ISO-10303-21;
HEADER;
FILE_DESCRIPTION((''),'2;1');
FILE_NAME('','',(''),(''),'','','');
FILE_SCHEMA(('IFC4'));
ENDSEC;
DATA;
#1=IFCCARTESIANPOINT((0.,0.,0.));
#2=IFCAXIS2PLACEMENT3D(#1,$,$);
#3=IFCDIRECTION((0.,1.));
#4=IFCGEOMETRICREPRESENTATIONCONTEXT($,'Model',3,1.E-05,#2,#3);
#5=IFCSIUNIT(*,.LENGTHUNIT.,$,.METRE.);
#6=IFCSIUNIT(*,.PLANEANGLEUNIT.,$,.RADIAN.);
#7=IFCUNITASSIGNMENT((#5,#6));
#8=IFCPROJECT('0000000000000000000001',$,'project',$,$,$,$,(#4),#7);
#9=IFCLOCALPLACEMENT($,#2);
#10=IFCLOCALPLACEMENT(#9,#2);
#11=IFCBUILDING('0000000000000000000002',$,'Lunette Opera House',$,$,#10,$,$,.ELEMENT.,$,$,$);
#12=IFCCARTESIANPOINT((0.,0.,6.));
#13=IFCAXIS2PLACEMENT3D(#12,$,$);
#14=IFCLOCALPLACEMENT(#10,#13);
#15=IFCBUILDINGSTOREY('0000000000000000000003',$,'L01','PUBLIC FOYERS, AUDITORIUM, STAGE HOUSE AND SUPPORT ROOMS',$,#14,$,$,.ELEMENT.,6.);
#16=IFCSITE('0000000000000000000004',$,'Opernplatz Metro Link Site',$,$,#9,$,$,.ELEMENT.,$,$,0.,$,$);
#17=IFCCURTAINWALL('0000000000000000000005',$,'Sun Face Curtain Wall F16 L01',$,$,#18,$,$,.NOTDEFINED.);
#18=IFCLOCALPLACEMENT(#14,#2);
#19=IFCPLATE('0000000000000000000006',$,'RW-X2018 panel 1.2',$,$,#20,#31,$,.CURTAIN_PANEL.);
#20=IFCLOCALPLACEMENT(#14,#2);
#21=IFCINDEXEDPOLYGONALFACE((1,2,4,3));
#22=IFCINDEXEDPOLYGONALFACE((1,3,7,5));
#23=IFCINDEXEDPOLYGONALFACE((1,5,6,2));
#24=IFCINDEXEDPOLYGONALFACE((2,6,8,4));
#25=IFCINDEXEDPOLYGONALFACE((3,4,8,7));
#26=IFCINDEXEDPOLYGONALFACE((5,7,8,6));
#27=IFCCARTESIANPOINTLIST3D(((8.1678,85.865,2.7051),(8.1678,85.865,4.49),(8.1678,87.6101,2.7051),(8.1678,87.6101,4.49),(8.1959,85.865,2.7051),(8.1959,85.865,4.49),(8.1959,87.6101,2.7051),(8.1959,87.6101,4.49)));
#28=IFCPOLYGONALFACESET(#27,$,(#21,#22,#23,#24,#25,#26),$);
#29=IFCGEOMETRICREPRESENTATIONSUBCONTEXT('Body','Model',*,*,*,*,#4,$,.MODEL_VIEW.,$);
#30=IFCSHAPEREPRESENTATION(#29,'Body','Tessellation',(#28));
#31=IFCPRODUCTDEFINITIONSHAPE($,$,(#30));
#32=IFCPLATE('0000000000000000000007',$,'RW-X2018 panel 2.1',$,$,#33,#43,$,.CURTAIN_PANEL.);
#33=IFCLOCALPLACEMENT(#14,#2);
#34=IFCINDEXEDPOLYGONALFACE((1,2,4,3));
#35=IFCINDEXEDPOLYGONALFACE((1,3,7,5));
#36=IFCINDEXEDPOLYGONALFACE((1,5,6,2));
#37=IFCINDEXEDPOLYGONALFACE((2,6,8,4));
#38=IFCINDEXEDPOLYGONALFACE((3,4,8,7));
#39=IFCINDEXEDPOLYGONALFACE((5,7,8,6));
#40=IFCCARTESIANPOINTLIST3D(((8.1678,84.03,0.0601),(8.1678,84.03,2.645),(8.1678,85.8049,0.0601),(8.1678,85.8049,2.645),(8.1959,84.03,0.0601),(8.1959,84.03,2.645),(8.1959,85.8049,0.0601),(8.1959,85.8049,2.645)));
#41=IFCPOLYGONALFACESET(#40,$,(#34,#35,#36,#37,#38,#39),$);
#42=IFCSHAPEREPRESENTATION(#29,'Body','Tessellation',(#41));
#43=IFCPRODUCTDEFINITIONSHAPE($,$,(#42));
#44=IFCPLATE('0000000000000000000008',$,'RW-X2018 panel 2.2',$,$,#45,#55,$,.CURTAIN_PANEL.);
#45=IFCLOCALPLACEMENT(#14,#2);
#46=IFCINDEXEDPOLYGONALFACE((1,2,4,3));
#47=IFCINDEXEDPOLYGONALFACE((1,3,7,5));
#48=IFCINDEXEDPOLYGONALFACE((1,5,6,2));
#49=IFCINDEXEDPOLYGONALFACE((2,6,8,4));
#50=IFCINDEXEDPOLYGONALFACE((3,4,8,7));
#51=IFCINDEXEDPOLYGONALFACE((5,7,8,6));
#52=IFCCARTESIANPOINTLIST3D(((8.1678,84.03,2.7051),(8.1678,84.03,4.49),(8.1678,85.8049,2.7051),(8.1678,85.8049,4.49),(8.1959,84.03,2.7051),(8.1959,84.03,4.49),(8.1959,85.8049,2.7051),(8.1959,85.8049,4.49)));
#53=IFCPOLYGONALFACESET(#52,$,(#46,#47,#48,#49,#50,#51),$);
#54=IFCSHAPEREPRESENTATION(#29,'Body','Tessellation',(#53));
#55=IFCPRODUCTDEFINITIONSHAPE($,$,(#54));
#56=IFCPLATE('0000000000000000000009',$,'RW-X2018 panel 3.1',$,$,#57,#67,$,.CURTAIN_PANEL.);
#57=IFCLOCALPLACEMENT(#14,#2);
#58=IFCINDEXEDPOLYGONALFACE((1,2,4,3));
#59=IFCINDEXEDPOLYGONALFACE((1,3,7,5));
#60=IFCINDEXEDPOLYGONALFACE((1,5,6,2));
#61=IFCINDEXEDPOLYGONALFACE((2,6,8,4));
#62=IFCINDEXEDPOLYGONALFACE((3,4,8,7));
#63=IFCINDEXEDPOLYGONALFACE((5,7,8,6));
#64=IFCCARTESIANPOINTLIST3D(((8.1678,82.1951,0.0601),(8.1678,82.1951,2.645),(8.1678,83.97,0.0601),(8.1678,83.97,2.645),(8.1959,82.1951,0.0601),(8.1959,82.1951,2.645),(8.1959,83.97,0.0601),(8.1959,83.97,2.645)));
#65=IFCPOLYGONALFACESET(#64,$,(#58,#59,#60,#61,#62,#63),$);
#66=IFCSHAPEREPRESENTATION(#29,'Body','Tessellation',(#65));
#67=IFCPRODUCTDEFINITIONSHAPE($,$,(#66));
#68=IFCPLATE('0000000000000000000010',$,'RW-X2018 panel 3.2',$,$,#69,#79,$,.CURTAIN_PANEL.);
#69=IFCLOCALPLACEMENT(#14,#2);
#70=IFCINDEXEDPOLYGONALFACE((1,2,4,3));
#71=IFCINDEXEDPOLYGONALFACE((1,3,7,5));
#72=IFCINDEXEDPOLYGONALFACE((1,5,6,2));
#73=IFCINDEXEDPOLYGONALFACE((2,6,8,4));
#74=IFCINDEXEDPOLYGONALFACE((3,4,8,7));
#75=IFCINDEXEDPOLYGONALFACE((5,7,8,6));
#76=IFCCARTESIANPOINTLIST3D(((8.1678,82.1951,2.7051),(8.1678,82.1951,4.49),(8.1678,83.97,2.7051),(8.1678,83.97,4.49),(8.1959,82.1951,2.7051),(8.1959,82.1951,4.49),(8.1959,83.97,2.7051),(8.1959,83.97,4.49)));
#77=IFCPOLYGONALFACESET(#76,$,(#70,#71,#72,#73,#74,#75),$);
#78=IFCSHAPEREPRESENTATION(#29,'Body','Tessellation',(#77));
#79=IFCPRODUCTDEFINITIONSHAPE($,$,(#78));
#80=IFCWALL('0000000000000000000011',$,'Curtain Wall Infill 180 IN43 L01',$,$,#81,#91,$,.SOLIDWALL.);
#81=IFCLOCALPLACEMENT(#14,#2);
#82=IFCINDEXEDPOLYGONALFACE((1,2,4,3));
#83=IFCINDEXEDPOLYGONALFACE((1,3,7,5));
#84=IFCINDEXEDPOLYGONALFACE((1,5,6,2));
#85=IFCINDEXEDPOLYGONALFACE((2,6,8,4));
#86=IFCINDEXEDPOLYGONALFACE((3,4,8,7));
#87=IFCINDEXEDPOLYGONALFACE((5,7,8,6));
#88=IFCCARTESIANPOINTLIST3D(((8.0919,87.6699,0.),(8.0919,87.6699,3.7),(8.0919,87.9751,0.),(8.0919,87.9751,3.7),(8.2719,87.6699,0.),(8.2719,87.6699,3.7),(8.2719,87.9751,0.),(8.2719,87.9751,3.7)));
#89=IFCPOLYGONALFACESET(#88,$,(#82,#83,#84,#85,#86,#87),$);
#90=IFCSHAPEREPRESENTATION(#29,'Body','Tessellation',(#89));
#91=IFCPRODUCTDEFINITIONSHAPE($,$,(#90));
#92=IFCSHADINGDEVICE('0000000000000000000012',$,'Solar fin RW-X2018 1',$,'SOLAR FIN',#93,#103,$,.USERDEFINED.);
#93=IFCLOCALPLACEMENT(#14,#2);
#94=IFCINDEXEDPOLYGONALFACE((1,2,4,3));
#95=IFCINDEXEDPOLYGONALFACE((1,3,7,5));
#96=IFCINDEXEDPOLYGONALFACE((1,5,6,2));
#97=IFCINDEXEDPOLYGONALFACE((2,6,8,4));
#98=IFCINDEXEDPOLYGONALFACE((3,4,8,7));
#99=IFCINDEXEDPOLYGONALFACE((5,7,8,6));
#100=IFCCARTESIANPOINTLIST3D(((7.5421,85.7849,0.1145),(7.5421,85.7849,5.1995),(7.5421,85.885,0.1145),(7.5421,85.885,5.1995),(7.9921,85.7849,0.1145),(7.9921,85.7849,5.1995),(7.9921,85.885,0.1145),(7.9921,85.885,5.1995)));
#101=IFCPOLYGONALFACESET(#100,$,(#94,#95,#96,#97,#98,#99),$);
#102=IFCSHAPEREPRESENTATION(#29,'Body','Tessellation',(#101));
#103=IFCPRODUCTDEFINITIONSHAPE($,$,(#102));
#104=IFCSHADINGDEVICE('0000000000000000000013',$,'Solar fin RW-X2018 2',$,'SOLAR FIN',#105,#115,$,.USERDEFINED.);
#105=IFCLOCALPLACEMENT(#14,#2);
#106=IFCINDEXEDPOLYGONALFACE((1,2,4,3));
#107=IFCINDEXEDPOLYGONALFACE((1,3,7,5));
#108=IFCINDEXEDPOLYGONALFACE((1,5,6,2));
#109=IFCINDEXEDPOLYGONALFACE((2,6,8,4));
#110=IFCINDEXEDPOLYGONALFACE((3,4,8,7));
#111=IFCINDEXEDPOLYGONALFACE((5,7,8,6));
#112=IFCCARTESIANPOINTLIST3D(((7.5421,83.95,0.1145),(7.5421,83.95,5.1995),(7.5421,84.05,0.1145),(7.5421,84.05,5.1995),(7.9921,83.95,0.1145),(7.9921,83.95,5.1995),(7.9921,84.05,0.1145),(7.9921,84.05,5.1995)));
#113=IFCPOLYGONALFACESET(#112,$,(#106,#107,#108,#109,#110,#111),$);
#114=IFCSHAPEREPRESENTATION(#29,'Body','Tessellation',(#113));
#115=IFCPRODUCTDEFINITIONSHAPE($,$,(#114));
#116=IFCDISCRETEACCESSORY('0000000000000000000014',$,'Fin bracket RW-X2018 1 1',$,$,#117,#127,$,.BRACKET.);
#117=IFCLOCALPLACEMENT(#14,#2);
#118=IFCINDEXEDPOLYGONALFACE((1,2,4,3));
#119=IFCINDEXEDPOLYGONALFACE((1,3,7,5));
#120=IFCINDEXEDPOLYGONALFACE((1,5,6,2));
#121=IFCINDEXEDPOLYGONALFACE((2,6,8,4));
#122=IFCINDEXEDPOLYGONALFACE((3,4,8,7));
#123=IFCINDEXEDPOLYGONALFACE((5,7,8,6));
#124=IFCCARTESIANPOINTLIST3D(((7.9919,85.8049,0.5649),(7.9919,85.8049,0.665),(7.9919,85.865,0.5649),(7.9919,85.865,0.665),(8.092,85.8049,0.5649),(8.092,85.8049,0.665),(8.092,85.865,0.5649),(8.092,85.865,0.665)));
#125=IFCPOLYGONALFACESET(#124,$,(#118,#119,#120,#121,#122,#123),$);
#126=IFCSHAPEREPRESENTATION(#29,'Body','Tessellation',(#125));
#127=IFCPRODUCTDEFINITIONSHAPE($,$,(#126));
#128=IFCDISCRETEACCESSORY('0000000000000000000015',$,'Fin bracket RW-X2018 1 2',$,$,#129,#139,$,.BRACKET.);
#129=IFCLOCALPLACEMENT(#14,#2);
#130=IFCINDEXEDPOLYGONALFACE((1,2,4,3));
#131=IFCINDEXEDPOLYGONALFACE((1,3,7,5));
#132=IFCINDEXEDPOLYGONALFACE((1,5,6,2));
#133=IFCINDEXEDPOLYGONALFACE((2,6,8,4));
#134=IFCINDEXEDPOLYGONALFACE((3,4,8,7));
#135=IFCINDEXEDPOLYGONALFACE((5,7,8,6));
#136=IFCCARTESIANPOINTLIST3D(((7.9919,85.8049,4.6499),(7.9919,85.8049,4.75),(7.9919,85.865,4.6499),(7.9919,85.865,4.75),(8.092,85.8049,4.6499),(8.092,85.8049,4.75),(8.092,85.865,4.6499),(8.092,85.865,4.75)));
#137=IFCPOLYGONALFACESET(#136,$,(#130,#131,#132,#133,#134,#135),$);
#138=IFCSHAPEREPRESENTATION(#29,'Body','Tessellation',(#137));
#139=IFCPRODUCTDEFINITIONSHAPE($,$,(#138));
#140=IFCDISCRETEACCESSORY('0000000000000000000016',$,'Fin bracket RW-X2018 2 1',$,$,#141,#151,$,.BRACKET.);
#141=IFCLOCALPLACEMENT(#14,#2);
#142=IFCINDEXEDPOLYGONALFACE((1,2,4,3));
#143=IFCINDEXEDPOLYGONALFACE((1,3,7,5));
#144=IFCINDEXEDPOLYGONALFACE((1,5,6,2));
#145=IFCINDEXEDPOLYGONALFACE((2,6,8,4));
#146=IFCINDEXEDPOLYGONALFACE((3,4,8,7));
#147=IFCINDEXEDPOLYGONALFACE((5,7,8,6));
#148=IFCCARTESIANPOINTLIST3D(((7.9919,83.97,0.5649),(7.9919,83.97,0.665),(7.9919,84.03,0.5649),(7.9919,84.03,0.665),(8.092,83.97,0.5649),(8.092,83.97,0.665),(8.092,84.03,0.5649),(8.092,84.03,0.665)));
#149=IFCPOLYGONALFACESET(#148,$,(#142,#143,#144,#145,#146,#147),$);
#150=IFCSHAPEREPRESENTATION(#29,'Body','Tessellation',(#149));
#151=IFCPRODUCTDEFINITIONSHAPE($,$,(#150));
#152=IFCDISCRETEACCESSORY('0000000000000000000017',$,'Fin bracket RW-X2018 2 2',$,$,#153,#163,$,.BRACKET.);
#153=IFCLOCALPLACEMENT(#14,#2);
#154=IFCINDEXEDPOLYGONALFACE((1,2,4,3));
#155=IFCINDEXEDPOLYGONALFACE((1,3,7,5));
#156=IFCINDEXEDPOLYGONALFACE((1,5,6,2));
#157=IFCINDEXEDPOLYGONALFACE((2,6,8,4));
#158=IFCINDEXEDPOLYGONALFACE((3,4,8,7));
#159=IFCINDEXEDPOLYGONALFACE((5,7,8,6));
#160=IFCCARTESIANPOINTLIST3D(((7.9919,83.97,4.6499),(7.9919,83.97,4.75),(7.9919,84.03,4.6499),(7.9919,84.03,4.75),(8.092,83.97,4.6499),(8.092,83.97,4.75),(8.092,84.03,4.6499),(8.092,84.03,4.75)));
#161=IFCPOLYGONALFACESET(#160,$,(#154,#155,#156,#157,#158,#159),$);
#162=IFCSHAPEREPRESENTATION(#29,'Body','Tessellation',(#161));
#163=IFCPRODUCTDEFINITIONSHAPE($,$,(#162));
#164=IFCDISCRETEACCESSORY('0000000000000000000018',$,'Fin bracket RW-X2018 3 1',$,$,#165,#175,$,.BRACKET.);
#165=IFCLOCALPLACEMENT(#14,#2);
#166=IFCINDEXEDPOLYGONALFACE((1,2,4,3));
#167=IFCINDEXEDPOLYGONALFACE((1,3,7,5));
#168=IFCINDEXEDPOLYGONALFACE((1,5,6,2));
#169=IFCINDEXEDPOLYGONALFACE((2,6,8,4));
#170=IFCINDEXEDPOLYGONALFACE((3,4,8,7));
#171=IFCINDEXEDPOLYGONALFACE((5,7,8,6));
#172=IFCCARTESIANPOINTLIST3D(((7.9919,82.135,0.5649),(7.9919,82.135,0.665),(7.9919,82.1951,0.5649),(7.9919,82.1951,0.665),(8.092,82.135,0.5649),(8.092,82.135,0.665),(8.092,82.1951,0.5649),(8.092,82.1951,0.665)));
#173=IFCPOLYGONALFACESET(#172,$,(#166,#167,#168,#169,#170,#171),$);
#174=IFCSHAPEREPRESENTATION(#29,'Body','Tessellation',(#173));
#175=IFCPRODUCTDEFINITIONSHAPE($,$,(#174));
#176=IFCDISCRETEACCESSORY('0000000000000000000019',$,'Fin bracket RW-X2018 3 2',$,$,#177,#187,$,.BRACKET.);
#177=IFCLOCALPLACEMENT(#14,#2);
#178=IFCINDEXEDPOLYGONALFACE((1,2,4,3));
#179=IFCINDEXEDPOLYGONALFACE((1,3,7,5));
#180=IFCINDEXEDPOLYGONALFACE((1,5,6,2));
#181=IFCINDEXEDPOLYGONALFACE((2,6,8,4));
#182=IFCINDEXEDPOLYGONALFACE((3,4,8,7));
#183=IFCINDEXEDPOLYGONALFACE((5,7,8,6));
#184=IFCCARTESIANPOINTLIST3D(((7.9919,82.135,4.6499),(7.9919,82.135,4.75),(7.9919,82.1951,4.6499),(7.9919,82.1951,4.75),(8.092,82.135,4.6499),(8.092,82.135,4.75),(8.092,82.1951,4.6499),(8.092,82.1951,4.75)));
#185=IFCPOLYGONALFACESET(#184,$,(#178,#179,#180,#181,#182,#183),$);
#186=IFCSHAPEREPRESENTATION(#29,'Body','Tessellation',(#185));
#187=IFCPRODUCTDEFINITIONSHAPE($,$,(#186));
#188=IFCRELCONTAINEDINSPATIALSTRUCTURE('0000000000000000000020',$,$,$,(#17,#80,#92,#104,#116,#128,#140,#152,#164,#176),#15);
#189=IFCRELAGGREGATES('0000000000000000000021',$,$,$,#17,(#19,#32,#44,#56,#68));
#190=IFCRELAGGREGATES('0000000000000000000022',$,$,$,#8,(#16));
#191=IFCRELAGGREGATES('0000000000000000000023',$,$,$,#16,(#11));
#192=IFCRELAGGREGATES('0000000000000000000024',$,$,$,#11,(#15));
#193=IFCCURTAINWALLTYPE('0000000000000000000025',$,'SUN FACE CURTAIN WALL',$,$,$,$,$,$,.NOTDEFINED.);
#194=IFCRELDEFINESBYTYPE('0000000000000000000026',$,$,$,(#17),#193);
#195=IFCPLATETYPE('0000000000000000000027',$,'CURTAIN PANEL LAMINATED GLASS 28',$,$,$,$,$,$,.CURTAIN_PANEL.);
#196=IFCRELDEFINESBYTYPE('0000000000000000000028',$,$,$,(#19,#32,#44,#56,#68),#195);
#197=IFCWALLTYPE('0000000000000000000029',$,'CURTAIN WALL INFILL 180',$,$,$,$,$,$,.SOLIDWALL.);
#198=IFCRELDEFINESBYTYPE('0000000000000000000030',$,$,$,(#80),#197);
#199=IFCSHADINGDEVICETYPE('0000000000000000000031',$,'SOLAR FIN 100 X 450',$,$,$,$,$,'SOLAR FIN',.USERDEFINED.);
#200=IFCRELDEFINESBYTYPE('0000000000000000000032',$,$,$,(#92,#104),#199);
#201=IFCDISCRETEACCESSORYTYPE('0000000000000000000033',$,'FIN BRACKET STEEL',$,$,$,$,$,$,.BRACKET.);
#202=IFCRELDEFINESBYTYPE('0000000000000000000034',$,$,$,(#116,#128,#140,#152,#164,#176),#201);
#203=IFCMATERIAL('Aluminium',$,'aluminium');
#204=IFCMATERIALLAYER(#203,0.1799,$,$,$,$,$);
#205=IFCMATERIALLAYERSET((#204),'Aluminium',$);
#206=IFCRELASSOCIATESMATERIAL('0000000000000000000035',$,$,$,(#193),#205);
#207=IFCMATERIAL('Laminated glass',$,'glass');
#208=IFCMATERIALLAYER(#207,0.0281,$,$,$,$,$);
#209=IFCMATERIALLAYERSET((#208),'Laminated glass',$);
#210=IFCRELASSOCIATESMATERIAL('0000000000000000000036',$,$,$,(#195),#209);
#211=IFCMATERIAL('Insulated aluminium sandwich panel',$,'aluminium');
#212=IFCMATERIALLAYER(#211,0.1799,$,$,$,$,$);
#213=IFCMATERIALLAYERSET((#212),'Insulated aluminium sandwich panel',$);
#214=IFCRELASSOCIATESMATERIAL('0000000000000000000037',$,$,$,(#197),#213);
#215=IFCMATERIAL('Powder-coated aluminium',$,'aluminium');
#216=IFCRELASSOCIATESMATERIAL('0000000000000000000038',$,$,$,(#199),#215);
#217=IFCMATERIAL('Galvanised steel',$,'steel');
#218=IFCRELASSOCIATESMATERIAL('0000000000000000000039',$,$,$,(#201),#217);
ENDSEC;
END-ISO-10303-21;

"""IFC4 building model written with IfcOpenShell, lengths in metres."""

from ifc_helpers import new_model, si_unit, direction, frame, frame_2d, origin, origin_2d, place, context, subcontext, project, spatial, rectangle, extrude, material, layer, layer_set, type_object, element, aggregate, save


model = new_model("IFC4")

# Units and contexts
model_context = context("Model", 3, precision=1e-05, world=origin(), true_north=direction((0.0, 1.0)))
body_context = subcontext(model_context, "Body", "Model", "MODEL_VIEW")
ifc_project = project(units=[si_unit("LENGTHUNIT", "METRE"), si_unit("PLANEANGLEUNIT", "RADIAN")], contexts=[model_context])

# Site, building, storey
site_placement = place(None, origin())
site = spatial("IfcSite", under=ifc_project, at=site_placement, Name="Opernplatz Metro Link Site", CompositionType="ELEMENT", RefElevation=0.0)
building_placement = place(site_placement, origin())
building = spatial("IfcBuilding", under=site, at=building_placement, Name="Lunette Opera House", CompositionType="ELEMENT")
storey_placement = place(building_placement, frame((0.0, 0.0, 6.0)))
storey = spatial("IfcBuildingStorey", under=building, at=storey_placement, Name="L01", Description="PUBLIC FOYERS, AUDITORIUM, STAGE HOUSE AND SUPPORT ROOMS", CompositionType="ELEMENT", Elevation=6.0)

# Curtain wall, plates
ifc_material_1 = material(Name="Aluminium", Category="aluminium")
ifc_layer_1 = layer(ifc_material_1, 0.1799)
ifc_layer_set_1 = layer_set([ifc_layer_1], Name="Aluminium")
curtain_wall_type = type_object("IfcCurtainWallType", Name="SUN FACE CURTAIN WALL", PredefinedType="NOTDEFINED", material=ifc_layer_set_1)
curtain_wall_placement = place(storey_placement, origin())
curtain_wall = element("IfcCurtainWall", 1, at=curtain_wall_placement, inside=storey, type_object=curtain_wall_type, Name="Sun Face Curtain Wall F16 L01", PredefinedType="NOTDEFINED")
ifc_material_2 = material(Name="Laminated glass", Category="glass")
ifc_layer_2 = layer(ifc_material_2, 0.0281)
ifc_layer_set_2 = layer_set([ifc_layer_2], Name="Laminated glass")
plate_type = type_object("IfcPlateType", Name="CURTAIN PANEL LAMINATED GLASS 28", PredefinedType="CURTAIN_PANEL", material=ifc_layer_set_2)
plate_1_placement = place(storey_placement, frame((8.1819, 86.7375, 2.7051), z_axis=(0.0, 0.0, 1.0), x_axis=(0.0, -1.0, 0.0)))
plate_1 = element("IfcPlate", 2, at=plate_1_placement, type_object=plate_type, Name="RW-X2018 panel 1.2", PredefinedType="CURTAIN_PANEL", context=body_context, shape_type="SweptSolid", body=[
    extrude(rectangle(XDim=1.7451, YDim=0.0281, at=origin_2d()), origin(), (0.0, 0.0, 1.0), 1.7849),
])
plate_2_placement = place(storey_placement, frame((8.1819, 84.9175, 0.0601), z_axis=(0.0, 0.0, 1.0), x_axis=(0.0, -1.0, 0.0)))
plate_2 = element("IfcPlate", 3, at=plate_2_placement, type_object=plate_type, Name="RW-X2018 panel 2.1", PredefinedType="CURTAIN_PANEL", context=body_context, shape_type="SweptSolid", body=[
    extrude(rectangle(XDim=1.7749, YDim=0.0281, at=origin_2d()), origin(), (0.0, 0.0, 1.0), 2.585),
])
plate_3_placement = place(storey_placement, frame((8.1819, 84.9175, 2.7051), z_axis=(0.0, 0.0, 1.0), x_axis=(0.0, -1.0, 0.0)))
plate_3 = element("IfcPlate", 4, at=plate_3_placement, type_object=plate_type, Name="RW-X2018 panel 2.2", PredefinedType="CURTAIN_PANEL", context=body_context, shape_type="SweptSolid", body=[
    extrude(rectangle(XDim=1.7749, YDim=0.0281, at=origin_2d()), origin(), (0.0, 0.0, 1.0), 1.7849),
])
plate_4_placement = place(storey_placement, frame((8.1819, 83.0825, 0.0601), z_axis=(0.0, 0.0, 1.0), x_axis=(0.0, -1.0, 0.0)))
plate_4 = element("IfcPlate", 5, at=plate_4_placement, type_object=plate_type, Name="RW-X2018 panel 3.1", PredefinedType="CURTAIN_PANEL", context=body_context, shape_type="SweptSolid", body=[
    extrude(rectangle(XDim=1.7749, YDim=0.0281, at=origin_2d()), origin(), (0.0, 0.0, 1.0), 2.585),
])
plate_5_placement = place(storey_placement, frame((8.1819, 83.0825, 2.7051), z_axis=(0.0, 0.0, 1.0), x_axis=(0.0, -1.0, 0.0)))
plate_5 = element("IfcPlate", 6, at=plate_5_placement, type_object=plate_type, Name="RW-X2018 panel 3.2", PredefinedType="CURTAIN_PANEL", context=body_context, shape_type="SweptSolid", body=[
    extrude(rectangle(XDim=1.7749, YDim=0.0281, at=origin_2d()), origin(), (0.0, 0.0, 1.0), 1.7849),
])
aggregate(curtain_wall, [plate_1, plate_2, plate_3, plate_4, plate_5])

# Wall
ifc_material_3 = material(Name="Insulated aluminium sandwich panel", Category="aluminium")
ifc_layer_3 = layer(ifc_material_3, 0.1799)
ifc_layer_set_3 = layer_set([ifc_layer_3], Name="Insulated aluminium sandwich panel")
wall_type = type_object("IfcWallType", Name="CURTAIN WALL INFILL 180", PredefinedType="SOLIDWALL", material=ifc_layer_set_3)
wall_placement = place(storey_placement, frame((8.1819, 87.6699, 0.0), z_axis=(0.0, 0.0, 1.0), x_axis=(0.0, 1.0, 0.0)))
element("IfcWall", 7, at=wall_placement, inside=storey, type_object=wall_type, Name="Curtain Wall Infill 180 IN43 L01", PredefinedType="SOLIDWALL", context=body_context, shape_type="SweptSolid", body=[
    extrude(rectangle(XDim=0.3052, YDim=0.1799, at=frame_2d((0.1526, 0.0))), origin(), (0.0, 0.0, 1.0), 3.7),
])

# Shading devices
ifc_material_4 = material(Name="Powder-coated aluminium", Category="aluminium")
shading_device_type = type_object("IfcShadingDeviceType", Name="SOLAR FIN 100 X 450", ElementType="SOLAR FIN", PredefinedType="USERDEFINED", material=ifc_material_4)
for number, where, z_axis, x_axis, name in (
    (8, (7.7671, 85.835, 0.1145), (0.0, 0.0, 1.0), (-1.0, 0.0, 0.0), "Solar fin RW-X2018 1"),
    (9, (7.7671, 84.0, 0.1145), (0.0, 0.0, 1.0), (-1.0, 0.0, 0.0), "Solar fin RW-X2018 2"),
):
    element("IfcShadingDevice", number, at=place(storey_placement, frame(where, z_axis=z_axis, x_axis=x_axis)), inside=storey, type_object=shading_device_type, Name=name, ObjectType="SOLAR FIN", PredefinedType="USERDEFINED", context=body_context, shape_type="SweptSolid", body=[
        extrude(rectangle(XDim=0.45, YDim=0.1001, at=origin_2d()), origin(), (0.0, 0.0, 1.0), 5.085),
    ])

# Discrete accessories
ifc_material_5 = material(Name="Galvanised steel", Category="steel")
discrete_accessory_type = type_object("IfcDiscreteAccessoryType", Name="FIN BRACKET STEEL", PredefinedType="BRACKET", material=ifc_material_5)
for number, where, z_axis, x_axis, name in (
    (10, (8.042, 85.835, 0.5649), (0.0, 0.0, 1.0), (-1.0, 0.0, 0.0), "Fin bracket RW-X2018 1 1"),
    (11, (8.042, 85.835, 4.6499), (0.0, 0.0, 1.0), (-1.0, 0.0, 0.0), "Fin bracket RW-X2018 1 2"),
    (12, (8.042, 84.0, 0.5649), (0.0, 0.0, 1.0), (-1.0, 0.0, 0.0), "Fin bracket RW-X2018 2 1"),
    (13, (8.042, 84.0, 4.6499), (0.0, 0.0, 1.0), (-1.0, 0.0, 0.0), "Fin bracket RW-X2018 2 2"),
    (14, (8.042, 82.165, 0.5649), (0.0, 0.0, 1.0), (-1.0, 0.0, 0.0), "Fin bracket RW-X2018 3 1"),
    (15, (8.042, 82.165, 4.6499), (0.0, 0.0, 1.0), (-1.0, 0.0, 0.0), "Fin bracket RW-X2018 3 2"),
):
    element("IfcDiscreteAccessory", number, at=place(storey_placement, frame(where, z_axis=z_axis, x_axis=x_axis)), inside=storey, type_object=discrete_accessory_type, Name=name, PredefinedType="BRACKET", context=body_context, shape_type="SweptSolid", body=[
        extrude(rectangle(XDim=0.1001, YDim=0.0601, at=origin_2d()), origin(), (0.0, 0.0, 1.0), 0.1001),
    ])

save(model, "model.ifc")
